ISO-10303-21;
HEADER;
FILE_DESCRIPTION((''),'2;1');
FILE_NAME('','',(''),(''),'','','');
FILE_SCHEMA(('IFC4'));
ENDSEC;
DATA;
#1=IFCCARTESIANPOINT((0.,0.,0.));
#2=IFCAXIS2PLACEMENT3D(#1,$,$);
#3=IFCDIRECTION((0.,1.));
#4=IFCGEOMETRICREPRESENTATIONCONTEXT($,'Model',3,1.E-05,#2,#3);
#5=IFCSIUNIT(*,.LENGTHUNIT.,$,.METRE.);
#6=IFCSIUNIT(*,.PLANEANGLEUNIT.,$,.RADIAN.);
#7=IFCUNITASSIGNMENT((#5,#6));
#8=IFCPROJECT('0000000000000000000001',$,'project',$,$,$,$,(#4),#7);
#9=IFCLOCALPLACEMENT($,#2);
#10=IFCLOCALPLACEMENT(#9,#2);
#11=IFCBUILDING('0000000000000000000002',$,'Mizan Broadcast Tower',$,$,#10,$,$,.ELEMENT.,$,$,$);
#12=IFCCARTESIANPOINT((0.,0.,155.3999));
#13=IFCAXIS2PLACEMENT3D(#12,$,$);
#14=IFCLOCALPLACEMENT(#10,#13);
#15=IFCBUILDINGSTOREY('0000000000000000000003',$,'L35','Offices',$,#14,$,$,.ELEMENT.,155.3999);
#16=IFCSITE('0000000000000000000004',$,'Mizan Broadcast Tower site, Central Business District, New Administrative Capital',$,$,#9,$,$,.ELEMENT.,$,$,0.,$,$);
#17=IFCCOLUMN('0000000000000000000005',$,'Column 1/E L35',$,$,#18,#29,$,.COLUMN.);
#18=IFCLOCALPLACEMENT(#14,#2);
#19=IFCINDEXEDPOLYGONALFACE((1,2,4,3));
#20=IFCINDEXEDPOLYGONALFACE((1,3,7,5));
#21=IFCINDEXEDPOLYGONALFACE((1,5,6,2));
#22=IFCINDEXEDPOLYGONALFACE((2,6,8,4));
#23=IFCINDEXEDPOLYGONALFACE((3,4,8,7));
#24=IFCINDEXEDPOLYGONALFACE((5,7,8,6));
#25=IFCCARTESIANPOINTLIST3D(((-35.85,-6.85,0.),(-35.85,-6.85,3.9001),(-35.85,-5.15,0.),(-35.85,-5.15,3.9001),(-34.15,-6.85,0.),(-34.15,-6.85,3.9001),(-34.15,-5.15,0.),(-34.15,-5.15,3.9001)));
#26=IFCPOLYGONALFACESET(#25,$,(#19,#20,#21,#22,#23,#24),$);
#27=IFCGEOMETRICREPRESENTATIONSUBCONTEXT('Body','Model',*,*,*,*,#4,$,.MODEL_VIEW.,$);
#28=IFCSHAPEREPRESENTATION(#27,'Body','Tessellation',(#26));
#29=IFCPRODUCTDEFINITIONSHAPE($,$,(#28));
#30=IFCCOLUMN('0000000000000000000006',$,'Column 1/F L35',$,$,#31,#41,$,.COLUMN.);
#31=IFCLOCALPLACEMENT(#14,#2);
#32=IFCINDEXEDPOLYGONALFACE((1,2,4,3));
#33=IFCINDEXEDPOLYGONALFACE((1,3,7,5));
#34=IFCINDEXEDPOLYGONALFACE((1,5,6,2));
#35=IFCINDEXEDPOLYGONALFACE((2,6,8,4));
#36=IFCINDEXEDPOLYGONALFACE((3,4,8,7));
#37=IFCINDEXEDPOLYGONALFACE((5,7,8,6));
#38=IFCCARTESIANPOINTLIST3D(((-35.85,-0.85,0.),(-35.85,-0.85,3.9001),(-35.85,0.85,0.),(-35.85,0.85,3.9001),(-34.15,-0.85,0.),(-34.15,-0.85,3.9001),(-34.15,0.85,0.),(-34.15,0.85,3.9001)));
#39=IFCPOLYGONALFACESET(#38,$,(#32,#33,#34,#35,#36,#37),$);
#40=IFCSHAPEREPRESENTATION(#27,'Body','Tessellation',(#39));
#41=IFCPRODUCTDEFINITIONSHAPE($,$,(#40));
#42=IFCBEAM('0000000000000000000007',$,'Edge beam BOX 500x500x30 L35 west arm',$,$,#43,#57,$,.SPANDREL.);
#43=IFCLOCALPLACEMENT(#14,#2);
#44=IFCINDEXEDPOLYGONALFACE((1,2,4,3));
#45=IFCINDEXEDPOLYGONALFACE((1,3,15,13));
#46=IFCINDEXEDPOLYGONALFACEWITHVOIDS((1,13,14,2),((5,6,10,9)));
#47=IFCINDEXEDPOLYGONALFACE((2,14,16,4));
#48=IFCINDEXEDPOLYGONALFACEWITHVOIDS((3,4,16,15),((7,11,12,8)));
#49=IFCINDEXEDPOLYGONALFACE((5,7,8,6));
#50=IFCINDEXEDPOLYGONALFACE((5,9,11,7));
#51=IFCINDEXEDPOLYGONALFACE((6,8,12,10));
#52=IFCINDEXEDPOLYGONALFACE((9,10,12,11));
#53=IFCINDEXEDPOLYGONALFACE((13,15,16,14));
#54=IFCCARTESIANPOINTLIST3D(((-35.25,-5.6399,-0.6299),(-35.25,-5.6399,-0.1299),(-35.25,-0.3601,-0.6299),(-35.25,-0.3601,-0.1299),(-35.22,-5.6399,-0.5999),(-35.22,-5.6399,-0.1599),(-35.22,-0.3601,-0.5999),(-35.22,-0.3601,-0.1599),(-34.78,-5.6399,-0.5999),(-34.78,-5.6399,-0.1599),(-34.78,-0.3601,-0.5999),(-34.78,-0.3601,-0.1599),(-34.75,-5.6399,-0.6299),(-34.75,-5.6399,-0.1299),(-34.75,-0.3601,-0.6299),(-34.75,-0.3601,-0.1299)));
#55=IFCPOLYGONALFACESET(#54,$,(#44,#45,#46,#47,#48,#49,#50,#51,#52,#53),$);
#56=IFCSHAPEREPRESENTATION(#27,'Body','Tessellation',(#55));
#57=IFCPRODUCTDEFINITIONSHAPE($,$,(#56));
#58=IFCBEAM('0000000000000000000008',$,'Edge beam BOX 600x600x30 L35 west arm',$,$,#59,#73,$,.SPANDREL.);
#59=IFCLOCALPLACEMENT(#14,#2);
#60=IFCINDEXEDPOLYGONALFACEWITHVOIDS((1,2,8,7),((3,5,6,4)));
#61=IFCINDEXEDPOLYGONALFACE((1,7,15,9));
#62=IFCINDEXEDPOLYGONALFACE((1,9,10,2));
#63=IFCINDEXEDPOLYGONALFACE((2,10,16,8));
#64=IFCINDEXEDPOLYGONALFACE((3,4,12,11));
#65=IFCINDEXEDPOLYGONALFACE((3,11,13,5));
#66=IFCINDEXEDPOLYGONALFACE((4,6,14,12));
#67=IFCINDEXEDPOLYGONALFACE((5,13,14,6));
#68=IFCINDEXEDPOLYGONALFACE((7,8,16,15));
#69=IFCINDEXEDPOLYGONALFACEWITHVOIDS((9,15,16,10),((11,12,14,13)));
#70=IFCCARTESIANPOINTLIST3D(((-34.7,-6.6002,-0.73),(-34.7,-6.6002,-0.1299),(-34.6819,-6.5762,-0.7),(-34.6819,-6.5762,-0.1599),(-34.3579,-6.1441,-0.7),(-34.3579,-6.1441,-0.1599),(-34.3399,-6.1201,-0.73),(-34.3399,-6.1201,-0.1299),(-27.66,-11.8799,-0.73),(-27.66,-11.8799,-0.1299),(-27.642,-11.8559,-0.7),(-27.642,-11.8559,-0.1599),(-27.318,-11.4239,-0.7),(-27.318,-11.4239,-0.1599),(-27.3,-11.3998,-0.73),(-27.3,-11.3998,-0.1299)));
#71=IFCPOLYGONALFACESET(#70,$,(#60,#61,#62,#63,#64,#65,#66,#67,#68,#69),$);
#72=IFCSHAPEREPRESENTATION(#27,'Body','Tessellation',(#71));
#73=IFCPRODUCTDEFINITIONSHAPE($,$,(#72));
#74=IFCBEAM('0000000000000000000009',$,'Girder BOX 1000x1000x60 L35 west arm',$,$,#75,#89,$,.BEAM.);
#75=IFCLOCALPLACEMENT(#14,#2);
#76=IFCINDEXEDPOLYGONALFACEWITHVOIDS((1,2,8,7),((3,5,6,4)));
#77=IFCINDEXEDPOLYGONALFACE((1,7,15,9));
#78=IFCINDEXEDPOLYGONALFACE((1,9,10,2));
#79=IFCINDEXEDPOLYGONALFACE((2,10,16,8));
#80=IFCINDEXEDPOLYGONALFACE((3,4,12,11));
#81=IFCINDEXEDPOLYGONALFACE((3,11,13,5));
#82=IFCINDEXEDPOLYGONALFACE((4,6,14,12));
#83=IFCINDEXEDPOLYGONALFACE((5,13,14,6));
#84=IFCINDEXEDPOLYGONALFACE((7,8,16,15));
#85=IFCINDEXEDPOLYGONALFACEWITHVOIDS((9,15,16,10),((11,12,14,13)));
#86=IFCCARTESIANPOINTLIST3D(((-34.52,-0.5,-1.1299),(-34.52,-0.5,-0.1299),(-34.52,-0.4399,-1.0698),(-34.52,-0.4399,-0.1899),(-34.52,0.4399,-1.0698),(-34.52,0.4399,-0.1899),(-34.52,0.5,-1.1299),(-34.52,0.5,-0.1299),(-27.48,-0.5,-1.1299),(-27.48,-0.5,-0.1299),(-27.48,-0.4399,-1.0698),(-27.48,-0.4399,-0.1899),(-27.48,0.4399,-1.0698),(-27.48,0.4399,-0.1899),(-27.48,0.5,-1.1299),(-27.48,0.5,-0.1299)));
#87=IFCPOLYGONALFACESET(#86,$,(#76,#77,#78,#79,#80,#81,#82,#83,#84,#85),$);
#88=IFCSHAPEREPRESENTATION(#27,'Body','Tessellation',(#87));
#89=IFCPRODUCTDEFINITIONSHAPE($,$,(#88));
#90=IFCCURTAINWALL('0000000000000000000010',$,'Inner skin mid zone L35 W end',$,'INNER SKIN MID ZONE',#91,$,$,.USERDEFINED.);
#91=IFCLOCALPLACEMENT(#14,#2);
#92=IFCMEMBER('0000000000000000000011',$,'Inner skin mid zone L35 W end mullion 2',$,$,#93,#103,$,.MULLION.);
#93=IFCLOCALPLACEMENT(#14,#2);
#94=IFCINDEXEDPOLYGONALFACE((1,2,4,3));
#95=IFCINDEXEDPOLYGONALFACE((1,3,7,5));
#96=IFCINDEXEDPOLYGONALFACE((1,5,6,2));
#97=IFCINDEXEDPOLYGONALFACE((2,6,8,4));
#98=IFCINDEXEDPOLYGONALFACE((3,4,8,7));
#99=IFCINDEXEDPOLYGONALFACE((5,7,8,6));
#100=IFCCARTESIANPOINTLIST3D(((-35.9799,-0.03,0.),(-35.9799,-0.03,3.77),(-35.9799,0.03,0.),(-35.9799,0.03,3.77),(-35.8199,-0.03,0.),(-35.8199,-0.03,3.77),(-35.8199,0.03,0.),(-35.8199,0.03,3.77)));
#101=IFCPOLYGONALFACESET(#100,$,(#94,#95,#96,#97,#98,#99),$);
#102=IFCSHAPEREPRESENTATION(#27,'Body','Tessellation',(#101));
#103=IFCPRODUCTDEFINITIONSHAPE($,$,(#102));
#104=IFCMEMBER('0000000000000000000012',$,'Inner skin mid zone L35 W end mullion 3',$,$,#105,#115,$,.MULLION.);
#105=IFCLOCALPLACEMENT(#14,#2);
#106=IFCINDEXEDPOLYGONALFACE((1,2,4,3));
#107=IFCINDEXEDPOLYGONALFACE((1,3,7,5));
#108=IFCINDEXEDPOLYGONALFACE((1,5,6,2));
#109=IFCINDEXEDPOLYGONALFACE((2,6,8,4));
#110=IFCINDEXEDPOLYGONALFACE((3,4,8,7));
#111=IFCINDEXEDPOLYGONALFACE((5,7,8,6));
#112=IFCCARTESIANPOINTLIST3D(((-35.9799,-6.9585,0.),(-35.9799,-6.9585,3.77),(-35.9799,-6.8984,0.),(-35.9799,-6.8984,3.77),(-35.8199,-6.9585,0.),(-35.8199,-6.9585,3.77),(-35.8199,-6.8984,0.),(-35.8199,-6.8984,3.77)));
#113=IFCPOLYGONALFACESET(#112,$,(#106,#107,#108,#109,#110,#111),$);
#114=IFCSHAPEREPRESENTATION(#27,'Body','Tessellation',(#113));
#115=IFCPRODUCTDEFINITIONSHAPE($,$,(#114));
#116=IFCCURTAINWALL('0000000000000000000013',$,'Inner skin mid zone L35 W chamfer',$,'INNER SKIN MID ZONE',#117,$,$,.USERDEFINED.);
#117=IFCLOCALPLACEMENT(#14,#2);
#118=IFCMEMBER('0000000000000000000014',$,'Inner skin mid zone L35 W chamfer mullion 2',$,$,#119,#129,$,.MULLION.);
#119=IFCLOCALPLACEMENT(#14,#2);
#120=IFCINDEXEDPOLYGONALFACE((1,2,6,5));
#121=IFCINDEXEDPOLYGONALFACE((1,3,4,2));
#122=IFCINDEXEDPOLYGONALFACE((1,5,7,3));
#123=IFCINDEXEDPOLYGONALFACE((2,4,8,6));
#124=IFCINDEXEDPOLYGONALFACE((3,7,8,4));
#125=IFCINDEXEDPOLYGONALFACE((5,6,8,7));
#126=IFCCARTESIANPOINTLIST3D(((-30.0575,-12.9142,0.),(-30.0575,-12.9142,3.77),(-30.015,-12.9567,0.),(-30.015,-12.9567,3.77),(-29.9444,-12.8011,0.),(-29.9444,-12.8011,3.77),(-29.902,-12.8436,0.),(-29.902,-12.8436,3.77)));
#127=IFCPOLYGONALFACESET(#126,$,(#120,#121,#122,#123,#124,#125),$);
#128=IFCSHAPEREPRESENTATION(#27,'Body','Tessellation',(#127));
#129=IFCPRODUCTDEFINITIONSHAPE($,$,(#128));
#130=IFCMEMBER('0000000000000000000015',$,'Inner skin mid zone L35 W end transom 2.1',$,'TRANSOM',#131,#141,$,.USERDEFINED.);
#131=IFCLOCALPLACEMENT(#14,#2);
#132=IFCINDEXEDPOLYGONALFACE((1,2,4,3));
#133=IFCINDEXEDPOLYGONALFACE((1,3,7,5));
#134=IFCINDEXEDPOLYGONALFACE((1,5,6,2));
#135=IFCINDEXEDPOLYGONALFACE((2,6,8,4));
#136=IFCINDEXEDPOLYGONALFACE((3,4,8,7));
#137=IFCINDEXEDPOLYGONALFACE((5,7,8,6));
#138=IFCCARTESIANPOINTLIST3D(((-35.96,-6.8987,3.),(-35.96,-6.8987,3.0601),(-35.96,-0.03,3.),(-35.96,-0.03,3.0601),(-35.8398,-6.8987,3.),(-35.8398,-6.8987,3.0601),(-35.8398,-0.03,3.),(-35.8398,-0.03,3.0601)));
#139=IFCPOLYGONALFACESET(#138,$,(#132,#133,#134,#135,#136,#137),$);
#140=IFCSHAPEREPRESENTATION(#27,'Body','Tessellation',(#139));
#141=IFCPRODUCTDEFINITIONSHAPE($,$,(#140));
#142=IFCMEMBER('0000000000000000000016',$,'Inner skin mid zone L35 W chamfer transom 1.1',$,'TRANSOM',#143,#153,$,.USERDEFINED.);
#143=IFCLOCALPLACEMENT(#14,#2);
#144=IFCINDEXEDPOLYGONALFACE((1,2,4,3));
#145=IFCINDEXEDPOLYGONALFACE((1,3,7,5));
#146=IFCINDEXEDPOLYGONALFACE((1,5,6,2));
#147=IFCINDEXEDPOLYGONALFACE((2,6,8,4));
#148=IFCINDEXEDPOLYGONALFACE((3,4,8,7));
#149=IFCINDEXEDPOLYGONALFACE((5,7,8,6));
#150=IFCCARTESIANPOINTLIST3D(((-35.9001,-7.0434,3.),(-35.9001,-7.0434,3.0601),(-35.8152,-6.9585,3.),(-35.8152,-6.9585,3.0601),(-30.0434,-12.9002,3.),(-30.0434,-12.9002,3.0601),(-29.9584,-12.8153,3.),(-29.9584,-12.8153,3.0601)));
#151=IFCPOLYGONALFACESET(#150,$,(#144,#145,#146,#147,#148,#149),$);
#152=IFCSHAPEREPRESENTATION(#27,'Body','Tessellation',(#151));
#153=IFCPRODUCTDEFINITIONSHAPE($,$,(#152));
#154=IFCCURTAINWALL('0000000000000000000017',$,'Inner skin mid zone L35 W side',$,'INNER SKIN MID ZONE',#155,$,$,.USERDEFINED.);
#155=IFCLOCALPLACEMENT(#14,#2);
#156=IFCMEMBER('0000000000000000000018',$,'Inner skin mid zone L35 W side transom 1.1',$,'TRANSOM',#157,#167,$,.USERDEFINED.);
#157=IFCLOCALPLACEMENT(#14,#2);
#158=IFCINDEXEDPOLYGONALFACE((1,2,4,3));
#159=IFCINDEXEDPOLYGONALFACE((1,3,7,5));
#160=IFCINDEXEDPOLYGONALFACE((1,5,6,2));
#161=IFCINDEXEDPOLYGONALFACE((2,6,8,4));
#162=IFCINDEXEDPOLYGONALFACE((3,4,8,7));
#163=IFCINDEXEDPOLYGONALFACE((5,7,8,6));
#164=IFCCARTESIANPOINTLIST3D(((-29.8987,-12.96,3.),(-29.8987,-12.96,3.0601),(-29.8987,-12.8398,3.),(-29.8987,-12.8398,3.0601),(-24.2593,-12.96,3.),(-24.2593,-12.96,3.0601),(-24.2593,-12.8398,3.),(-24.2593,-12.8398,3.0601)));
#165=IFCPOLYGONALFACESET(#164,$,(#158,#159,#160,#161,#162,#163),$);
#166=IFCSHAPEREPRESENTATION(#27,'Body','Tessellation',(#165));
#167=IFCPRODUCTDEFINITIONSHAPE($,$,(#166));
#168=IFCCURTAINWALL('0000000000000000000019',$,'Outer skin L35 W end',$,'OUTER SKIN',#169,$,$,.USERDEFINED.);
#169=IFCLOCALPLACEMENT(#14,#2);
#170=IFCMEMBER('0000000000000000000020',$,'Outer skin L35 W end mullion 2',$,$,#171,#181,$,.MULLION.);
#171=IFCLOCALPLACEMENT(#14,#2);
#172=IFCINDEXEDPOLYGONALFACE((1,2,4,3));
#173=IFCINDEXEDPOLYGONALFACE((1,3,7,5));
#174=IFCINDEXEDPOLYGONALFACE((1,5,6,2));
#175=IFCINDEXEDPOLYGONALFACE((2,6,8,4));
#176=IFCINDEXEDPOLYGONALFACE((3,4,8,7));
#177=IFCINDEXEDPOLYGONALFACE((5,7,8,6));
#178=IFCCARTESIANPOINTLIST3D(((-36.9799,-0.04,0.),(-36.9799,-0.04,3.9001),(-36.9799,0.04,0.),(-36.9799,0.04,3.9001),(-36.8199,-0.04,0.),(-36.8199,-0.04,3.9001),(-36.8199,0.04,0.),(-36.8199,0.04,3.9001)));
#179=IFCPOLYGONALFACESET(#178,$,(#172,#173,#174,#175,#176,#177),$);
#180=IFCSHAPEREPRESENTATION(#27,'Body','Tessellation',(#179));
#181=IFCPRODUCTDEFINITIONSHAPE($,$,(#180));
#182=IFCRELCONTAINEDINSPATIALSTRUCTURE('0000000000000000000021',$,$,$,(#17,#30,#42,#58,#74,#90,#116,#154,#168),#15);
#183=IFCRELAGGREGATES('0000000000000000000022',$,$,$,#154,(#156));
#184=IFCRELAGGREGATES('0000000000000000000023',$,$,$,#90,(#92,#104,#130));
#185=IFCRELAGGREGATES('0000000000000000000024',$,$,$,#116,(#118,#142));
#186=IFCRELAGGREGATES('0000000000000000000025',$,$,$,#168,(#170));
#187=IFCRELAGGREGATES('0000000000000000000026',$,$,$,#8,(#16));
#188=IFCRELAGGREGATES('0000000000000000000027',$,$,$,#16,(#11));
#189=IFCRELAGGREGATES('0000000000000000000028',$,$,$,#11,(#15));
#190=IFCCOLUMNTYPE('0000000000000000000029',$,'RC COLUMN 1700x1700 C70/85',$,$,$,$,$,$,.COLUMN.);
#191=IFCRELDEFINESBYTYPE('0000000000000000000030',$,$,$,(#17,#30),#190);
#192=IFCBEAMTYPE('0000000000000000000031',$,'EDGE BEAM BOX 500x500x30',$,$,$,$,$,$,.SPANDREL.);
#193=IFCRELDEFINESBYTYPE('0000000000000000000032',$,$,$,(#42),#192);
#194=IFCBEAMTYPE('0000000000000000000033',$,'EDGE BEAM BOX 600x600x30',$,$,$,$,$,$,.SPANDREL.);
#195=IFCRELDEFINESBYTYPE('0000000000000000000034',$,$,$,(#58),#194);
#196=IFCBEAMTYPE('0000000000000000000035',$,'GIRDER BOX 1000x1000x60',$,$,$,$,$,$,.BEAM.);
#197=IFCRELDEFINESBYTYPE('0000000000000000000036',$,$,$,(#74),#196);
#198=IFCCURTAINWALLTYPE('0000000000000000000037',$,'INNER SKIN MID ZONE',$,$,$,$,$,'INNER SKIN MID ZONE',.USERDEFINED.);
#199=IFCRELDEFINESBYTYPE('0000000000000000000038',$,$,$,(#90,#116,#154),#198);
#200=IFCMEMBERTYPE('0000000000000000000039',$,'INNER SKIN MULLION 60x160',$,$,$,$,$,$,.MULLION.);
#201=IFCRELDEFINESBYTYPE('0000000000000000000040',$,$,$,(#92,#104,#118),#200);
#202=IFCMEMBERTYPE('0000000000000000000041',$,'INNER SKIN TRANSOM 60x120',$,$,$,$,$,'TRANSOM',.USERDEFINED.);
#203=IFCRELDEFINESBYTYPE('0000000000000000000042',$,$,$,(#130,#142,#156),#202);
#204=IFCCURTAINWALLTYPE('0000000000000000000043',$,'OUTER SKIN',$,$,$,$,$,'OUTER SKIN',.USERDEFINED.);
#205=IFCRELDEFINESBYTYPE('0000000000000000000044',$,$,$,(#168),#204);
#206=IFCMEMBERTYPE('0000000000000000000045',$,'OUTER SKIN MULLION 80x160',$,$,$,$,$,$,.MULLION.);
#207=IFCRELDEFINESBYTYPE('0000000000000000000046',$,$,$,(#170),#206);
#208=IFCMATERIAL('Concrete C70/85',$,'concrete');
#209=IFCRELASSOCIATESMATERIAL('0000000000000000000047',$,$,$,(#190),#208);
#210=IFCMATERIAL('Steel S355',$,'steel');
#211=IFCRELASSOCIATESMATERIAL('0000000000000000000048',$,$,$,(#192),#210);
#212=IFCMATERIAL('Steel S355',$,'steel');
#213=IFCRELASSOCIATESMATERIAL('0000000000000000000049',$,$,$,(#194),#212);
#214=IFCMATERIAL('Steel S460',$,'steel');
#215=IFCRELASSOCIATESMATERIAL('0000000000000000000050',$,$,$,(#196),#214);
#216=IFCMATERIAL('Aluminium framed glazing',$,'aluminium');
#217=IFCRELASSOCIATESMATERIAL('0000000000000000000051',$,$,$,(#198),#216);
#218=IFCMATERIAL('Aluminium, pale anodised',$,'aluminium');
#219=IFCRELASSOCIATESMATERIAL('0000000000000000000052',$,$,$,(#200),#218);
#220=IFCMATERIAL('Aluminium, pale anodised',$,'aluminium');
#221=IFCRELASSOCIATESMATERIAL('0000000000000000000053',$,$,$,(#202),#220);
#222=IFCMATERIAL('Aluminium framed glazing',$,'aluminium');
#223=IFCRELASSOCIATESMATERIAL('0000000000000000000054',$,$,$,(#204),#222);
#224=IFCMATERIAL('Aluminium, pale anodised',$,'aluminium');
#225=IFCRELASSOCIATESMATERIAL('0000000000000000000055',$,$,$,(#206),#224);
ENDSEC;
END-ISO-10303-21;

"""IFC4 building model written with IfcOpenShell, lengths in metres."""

from ifc_helpers import new_model, si_unit, direction, frame, origin, origin_2d, place, context, subcontext, project, spatial, rectangle, hollow_rectangle, extrude, material, material_profile, profile_set, type_object, element, aggregate, save


model = new_model("IFC4")

# Units and contexts
model_context = context("Model", 3, precision=1e-05, world=origin(), true_north=direction((0.0, 1.0)))
body_context = subcontext(model_context, "Body", "Model", "MODEL_VIEW")
ifc_project = project(units=[si_unit("LENGTHUNIT", "METRE"), si_unit("PLANEANGLEUNIT", "RADIAN")], contexts=[model_context])

# Site, building, storey
site_placement = place(None, origin())
site = spatial("IfcSite", under=ifc_project, at=site_placement, Name="Mizan Broadcast Tower site, Central Business District, New Administrative Capital", CompositionType="ELEMENT", RefElevation=0.0)
building_placement = place(site_placement, origin())
building = spatial("IfcBuilding", under=site, at=building_placement, Name="Mizan Broadcast Tower", CompositionType="ELEMENT")
storey_placement = place(building_placement, frame((0.0, 0.0, 155.3999)))
storey = spatial("IfcBuildingStorey", under=building, at=storey_placement, Name="L35", Description="Offices", CompositionType="ELEMENT", Elevation=155.3999)

# Columns
ifc_material_1 = material(Name="Concrete C70/85", Category="concrete")
ifc_material_profile_1 = material_profile(ifc_material_1, rectangle(XDim=1.7, YDim=1.7, at=origin_2d()), Name="RC 1700x1700")
ifc_profile_set_1 = profile_set([ifc_material_profile_1], Name="Concrete C70/85")
column_type = type_object("IfcColumnType", Name="RC COLUMN 1700x1700 C70/85", PredefinedType="COLUMN", material=ifc_profile_set_1)
for number, where, z_axis, x_axis, name in (
    (1, (-35.0, -6.0, 0.0), (0.0, 0.0, 1.0), (1.0, 0.0, 0.0), "Column 1/E L35"),
    (2, (-35.0, 0.0, 0.0), (0.0, 0.0, 1.0), (1.0, 0.0, 0.0), "Column 1/F L35"),
):
    element("IfcColumn", number, at=place(storey_placement, frame(where, z_axis=z_axis, x_axis=x_axis)), inside=storey, type_object=column_type, Name=name, PredefinedType="COLUMN", context=body_context, shape_type="SweptSolid", body=[
        extrude(rectangle(XDim=1.7, YDim=1.7, at=origin_2d()), origin(), (0.0, 0.0, 1.0), 3.9001),
    ])

# Beams
ifc_material_2 = material(Name="Steel S355", Category="steel")
ifc_material_profile_2 = material_profile(ifc_material_2, hollow_rectangle(XDim=0.5, YDim=0.5, WallThickness=0.03, at=origin_2d()), Name="BOX 500x500x30")
ifc_profile_set_2 = profile_set([ifc_material_profile_2], Name="Steel S355")
beam_type_1 = type_object("IfcBeamType", Name="EDGE BEAM BOX 500x500x30", PredefinedType="SPANDREL", material=ifc_profile_set_2)
beam_1_placement = place(storey_placement, frame((-35.0, -5.6399, -0.3799), z_axis=(0.0, 1.0, 0.0), x_axis=(-1.0, 0.0, 0.0)))
element("IfcBeam", 3, at=beam_1_placement, inside=storey, type_object=beam_type_1, Name="Edge beam BOX 500x500x30 L35 west arm", PredefinedType="SPANDREL", context=body_context, shape_type="SweptSolid", body=[
    extrude(hollow_rectangle(XDim=0.5, YDim=0.5, WallThickness=0.03, at=origin_2d()), origin(), (0.0, 0.0, 1.0), 5.2798),
])
ifc_material_3 = material(Name="Steel S355", Category="steel")
ifc_material_profile_3 = material_profile(ifc_material_3, hollow_rectangle(XDim=0.6001, YDim=0.6001, WallThickness=0.03, at=origin_2d()), Name="BOX 600x600x30")
ifc_profile_set_3 = profile_set([ifc_material_profile_3], Name="Steel S355")
beam_type_2 = type_object("IfcBeamType", Name="EDGE BEAM BOX 600x600x30", PredefinedType="SPANDREL", material=ifc_profile_set_3)
beam_2_placement = place(storey_placement, frame((-27.48, -11.6399, -0.4299), z_axis=(-0.800013, 0.599982, 0.0), x_axis=(-0.599982, -0.800013, 0.0)))
element("IfcBeam", 4, at=beam_2_placement, inside=storey, type_object=beam_type_2, Name="Edge beam BOX 600x600x30 L35 west arm", PredefinedType="SPANDREL", context=body_context, shape_type="SweptSolid", body=[
    extrude(hollow_rectangle(XDim=0.6001, YDim=0.6001, WallThickness=0.03, at=origin_2d()), origin(), (0.0, 0.0, 1.0), 8.7998),
])
ifc_material_4 = material(Name="Steel S460", Category="steel")
ifc_material_profile_4 = material_profile(ifc_material_4, hollow_rectangle(XDim=1.0, YDim=1.0, WallThickness=0.0601, at=origin_2d()), Name="BOX 1000x1000x60")
ifc_profile_set_4 = profile_set([ifc_material_profile_4], Name="Steel S460")
beam_type_3 = type_object("IfcBeamType", Name="GIRDER BOX 1000x1000x60", PredefinedType="BEAM", material=ifc_profile_set_4)
beam_3_placement = place(storey_placement, frame((-27.48, 0.0, -0.6299), z_axis=(-1.0, 0.0, 0.0), x_axis=(0.0, -1.0, 0.0)))
element("IfcBeam", 5, at=beam_3_placement, inside=storey, type_object=beam_type_3, Name="Girder BOX 1000x1000x60 L35 west arm", PredefinedType="BEAM", context=body_context, shape_type="SweptSolid", body=[
    extrude(hollow_rectangle(XDim=1.0, YDim=1.0, WallThickness=0.0601, at=origin_2d()), origin(), (0.0, 0.0, 1.0), 7.04),
])

# Curtain wall, members
ifc_material_5 = material(Name="Aluminium framed glazing", Category="aluminium")
curtain_wall_type_1 = type_object("IfcCurtainWallType", Name="INNER SKIN MID ZONE", ElementType="INNER SKIN MID ZONE", PredefinedType="USERDEFINED", material=ifc_material_5)
curtain_wall_1_placement = place(storey_placement, origin())
curtain_wall_1 = element("IfcCurtainWall", 6, at=curtain_wall_1_placement, inside=storey, type_object=curtain_wall_type_1, Name="Inner skin mid zone L35 W end", ObjectType="INNER SKIN MID ZONE", PredefinedType="USERDEFINED")
ifc_material_6 = material(Name="Aluminium, pale anodised", Category="aluminium")
ifc_material_profile_5 = material_profile(ifc_material_6, rectangle(XDim=0.1599, YDim=0.0601, at=origin_2d()), Name="MULLION 160x60")
ifc_profile_set_5 = profile_set([ifc_material_profile_5], Name="Aluminium, pale anodised")
member_type_1 = type_object("IfcMemberType", Name="INNER SKIN MULLION 60x160", PredefinedType="MULLION", material=ifc_profile_set_5)
member_1_placement = place(storey_placement, frame((-35.8999, 0.0, 0.0), z_axis=(0.0, 0.0, 1.0), x_axis=(1.0, 0.0, 0.0)))
member_1 = element("IfcMember", 7, at=member_1_placement, type_object=member_type_1, Name="Inner skin mid zone L35 W end mullion 2", PredefinedType="MULLION", context=body_context, shape_type="SweptSolid", body=[
    extrude(rectangle(XDim=0.1599, YDim=0.0601, at=origin_2d()), origin(), (0.0, 0.0, 1.0), 3.77),
])
member_2_placement = place(storey_placement, frame((-35.8999, -6.9285, 0.0), z_axis=(0.0, 0.0, 1.0), x_axis=(1.0, 0.0, 0.0)))
member_2 = element("IfcMember", 8, at=member_2_placement, type_object=member_type_1, Name="Inner skin mid zone L35 W end mullion 3", PredefinedType="MULLION", context=body_context, shape_type="SweptSolid", body=[
    extrude(rectangle(XDim=0.1599, YDim=0.0601, at=origin_2d()), origin(), (0.0, 0.0, 1.0), 3.77),
])

# Curtain wall, member
curtain_wall_2_placement = place(storey_placement, origin())
curtain_wall_2 = element("IfcCurtainWall", 9, at=curtain_wall_2_placement, inside=storey, type_object=curtain_wall_type_1, Name="Inner skin mid zone L35 W chamfer", ObjectType="INNER SKIN MID ZONE", PredefinedType="USERDEFINED")
member_3_placement = place(storey_placement, frame((-29.9797, -12.8789, 0.0), z_axis=(0.0, 0.0, 1.0), x_axis=(0.707107, 0.707107, 0.0)))
member_3 = element("IfcMember", 10, at=member_3_placement, type_object=member_type_1, Name="Inner skin mid zone L35 W chamfer mullion 2", PredefinedType="MULLION", context=body_context, shape_type="SweptSolid", body=[
    extrude(rectangle(XDim=0.1599, YDim=0.0601, at=origin_2d()), origin(), (0.0, 0.0, 1.0), 3.77),
])

# Members
ifc_material_7 = material(Name="Aluminium, pale anodised", Category="aluminium")
ifc_material_profile_6 = material_profile(ifc_material_7, rectangle(XDim=0.1201, YDim=0.0601, at=origin_2d()), Name="TRANSOM 120x60")
ifc_profile_set_6 = profile_set([ifc_material_profile_6], Name="Aluminium, pale anodised")
member_type_2 = type_object("IfcMemberType", Name="INNER SKIN TRANSOM 60x120", ElementType="TRANSOM", PredefinedType="USERDEFINED", material=ifc_profile_set_6)
member_4_placement = place(storey_placement, frame((-35.8999, -0.03, 3.03), z_axis=(0.0, -1.0, 0.0), x_axis=(1.0, 0.0, 0.0)))
member_4 = element("IfcMember", 11, at=member_4_placement, type_object=member_type_2, Name="Inner skin mid zone L35 W end transom 2.1", ObjectType="TRANSOM", PredefinedType="USERDEFINED", context=body_context, shape_type="SweptSolid", body=[
    extrude(rectangle(XDim=0.1201, YDim=0.0601, at=origin_2d()), origin(), (0.0, 0.0, 1.0), 6.8687),
])
member_5_placement = place(storey_placement, frame((-35.8577, -7.001, 3.03), z_axis=(0.707107, -0.707107, 0.0), x_axis=(0.707107, 0.707107, 0.0)))
member_5 = element("IfcMember", 12, at=member_5_placement, type_object=member_type_2, Name="Inner skin mid zone L35 W chamfer transom 1.1", ObjectType="TRANSOM", PredefinedType="USERDEFINED", context=body_context, shape_type="SweptSolid", body=[
    extrude(rectangle(XDim=0.1201, YDim=0.0601, at=origin_2d()), origin(), (0.0, 0.0, 1.0), 8.2827),
])

# Curtain wall, member
curtain_wall_3_placement = place(storey_placement, origin())
curtain_wall_3 = element("IfcCurtainWall", 13, at=curtain_wall_3_placement, inside=storey, type_object=curtain_wall_type_1, Name="Inner skin mid zone L35 W side", ObjectType="INNER SKIN MID ZONE", PredefinedType="USERDEFINED")
member_6_placement = place(storey_placement, frame((-29.8987, -12.8999, 3.03), z_axis=(1.0, 0.0, 0.0), x_axis=(0.0, 1.0, 0.0)))
member_6 = element("IfcMember", 14, at=member_6_placement, type_object=member_type_2, Name="Inner skin mid zone L35 W side transom 1.1", ObjectType="TRANSOM", PredefinedType="USERDEFINED", context=body_context, shape_type="SweptSolid", body=[
    extrude(rectangle(XDim=0.1201, YDim=0.0601, at=origin_2d()), origin(), (0.0, 0.0, 1.0), 5.6394),
])
aggregate(curtain_wall_3, [member_6])

# Curtain wall, member
ifc_material_8 = material(Name="Aluminium framed glazing", Category="aluminium")
curtain_wall_type_2 = type_object("IfcCurtainWallType", Name="OUTER SKIN", ElementType="OUTER SKIN", PredefinedType="USERDEFINED", material=ifc_material_8)
curtain_wall_4_placement = place(storey_placement, origin())
curtain_wall_4 = element("IfcCurtainWall", 15, at=curtain_wall_4_placement, inside=storey, type_object=curtain_wall_type_2, Name="Outer skin L35 W end", ObjectType="OUTER SKIN", PredefinedType="USERDEFINED")
ifc_material_9 = material(Name="Aluminium, pale anodised", Category="aluminium")
ifc_material_profile_7 = material_profile(ifc_material_9, rectangle(XDim=0.1599, YDim=0.0801, at=origin_2d()), Name="MULLION 160x80")
ifc_profile_set_7 = profile_set([ifc_material_profile_7], Name="Aluminium, pale anodised")
member_type_3 = type_object("IfcMemberType", Name="OUTER SKIN MULLION 80x160", PredefinedType="MULLION", material=ifc_profile_set_7)
member_7_placement = place(storey_placement, frame((-36.8999, 0.0, 0.0), z_axis=(0.0, 0.0, 1.0), x_axis=(1.0, 0.0, 0.0)))
member_7 = element("IfcMember", 16, at=member_7_placement, type_object=member_type_3, Name="Outer skin L35 W end mullion 2", PredefinedType="MULLION", context=body_context, shape_type="SweptSolid", body=[
    extrude(rectangle(XDim=0.1599, YDim=0.0801, at=origin_2d()), origin(), (0.0, 0.0, 1.0), 3.9001),
])

aggregate(curtain_wall_1, [member_1, member_2, member_4])
aggregate(curtain_wall_2, [member_3, member_5])
aggregate(curtain_wall_4, [member_7])

save(model, "model.ifc")
